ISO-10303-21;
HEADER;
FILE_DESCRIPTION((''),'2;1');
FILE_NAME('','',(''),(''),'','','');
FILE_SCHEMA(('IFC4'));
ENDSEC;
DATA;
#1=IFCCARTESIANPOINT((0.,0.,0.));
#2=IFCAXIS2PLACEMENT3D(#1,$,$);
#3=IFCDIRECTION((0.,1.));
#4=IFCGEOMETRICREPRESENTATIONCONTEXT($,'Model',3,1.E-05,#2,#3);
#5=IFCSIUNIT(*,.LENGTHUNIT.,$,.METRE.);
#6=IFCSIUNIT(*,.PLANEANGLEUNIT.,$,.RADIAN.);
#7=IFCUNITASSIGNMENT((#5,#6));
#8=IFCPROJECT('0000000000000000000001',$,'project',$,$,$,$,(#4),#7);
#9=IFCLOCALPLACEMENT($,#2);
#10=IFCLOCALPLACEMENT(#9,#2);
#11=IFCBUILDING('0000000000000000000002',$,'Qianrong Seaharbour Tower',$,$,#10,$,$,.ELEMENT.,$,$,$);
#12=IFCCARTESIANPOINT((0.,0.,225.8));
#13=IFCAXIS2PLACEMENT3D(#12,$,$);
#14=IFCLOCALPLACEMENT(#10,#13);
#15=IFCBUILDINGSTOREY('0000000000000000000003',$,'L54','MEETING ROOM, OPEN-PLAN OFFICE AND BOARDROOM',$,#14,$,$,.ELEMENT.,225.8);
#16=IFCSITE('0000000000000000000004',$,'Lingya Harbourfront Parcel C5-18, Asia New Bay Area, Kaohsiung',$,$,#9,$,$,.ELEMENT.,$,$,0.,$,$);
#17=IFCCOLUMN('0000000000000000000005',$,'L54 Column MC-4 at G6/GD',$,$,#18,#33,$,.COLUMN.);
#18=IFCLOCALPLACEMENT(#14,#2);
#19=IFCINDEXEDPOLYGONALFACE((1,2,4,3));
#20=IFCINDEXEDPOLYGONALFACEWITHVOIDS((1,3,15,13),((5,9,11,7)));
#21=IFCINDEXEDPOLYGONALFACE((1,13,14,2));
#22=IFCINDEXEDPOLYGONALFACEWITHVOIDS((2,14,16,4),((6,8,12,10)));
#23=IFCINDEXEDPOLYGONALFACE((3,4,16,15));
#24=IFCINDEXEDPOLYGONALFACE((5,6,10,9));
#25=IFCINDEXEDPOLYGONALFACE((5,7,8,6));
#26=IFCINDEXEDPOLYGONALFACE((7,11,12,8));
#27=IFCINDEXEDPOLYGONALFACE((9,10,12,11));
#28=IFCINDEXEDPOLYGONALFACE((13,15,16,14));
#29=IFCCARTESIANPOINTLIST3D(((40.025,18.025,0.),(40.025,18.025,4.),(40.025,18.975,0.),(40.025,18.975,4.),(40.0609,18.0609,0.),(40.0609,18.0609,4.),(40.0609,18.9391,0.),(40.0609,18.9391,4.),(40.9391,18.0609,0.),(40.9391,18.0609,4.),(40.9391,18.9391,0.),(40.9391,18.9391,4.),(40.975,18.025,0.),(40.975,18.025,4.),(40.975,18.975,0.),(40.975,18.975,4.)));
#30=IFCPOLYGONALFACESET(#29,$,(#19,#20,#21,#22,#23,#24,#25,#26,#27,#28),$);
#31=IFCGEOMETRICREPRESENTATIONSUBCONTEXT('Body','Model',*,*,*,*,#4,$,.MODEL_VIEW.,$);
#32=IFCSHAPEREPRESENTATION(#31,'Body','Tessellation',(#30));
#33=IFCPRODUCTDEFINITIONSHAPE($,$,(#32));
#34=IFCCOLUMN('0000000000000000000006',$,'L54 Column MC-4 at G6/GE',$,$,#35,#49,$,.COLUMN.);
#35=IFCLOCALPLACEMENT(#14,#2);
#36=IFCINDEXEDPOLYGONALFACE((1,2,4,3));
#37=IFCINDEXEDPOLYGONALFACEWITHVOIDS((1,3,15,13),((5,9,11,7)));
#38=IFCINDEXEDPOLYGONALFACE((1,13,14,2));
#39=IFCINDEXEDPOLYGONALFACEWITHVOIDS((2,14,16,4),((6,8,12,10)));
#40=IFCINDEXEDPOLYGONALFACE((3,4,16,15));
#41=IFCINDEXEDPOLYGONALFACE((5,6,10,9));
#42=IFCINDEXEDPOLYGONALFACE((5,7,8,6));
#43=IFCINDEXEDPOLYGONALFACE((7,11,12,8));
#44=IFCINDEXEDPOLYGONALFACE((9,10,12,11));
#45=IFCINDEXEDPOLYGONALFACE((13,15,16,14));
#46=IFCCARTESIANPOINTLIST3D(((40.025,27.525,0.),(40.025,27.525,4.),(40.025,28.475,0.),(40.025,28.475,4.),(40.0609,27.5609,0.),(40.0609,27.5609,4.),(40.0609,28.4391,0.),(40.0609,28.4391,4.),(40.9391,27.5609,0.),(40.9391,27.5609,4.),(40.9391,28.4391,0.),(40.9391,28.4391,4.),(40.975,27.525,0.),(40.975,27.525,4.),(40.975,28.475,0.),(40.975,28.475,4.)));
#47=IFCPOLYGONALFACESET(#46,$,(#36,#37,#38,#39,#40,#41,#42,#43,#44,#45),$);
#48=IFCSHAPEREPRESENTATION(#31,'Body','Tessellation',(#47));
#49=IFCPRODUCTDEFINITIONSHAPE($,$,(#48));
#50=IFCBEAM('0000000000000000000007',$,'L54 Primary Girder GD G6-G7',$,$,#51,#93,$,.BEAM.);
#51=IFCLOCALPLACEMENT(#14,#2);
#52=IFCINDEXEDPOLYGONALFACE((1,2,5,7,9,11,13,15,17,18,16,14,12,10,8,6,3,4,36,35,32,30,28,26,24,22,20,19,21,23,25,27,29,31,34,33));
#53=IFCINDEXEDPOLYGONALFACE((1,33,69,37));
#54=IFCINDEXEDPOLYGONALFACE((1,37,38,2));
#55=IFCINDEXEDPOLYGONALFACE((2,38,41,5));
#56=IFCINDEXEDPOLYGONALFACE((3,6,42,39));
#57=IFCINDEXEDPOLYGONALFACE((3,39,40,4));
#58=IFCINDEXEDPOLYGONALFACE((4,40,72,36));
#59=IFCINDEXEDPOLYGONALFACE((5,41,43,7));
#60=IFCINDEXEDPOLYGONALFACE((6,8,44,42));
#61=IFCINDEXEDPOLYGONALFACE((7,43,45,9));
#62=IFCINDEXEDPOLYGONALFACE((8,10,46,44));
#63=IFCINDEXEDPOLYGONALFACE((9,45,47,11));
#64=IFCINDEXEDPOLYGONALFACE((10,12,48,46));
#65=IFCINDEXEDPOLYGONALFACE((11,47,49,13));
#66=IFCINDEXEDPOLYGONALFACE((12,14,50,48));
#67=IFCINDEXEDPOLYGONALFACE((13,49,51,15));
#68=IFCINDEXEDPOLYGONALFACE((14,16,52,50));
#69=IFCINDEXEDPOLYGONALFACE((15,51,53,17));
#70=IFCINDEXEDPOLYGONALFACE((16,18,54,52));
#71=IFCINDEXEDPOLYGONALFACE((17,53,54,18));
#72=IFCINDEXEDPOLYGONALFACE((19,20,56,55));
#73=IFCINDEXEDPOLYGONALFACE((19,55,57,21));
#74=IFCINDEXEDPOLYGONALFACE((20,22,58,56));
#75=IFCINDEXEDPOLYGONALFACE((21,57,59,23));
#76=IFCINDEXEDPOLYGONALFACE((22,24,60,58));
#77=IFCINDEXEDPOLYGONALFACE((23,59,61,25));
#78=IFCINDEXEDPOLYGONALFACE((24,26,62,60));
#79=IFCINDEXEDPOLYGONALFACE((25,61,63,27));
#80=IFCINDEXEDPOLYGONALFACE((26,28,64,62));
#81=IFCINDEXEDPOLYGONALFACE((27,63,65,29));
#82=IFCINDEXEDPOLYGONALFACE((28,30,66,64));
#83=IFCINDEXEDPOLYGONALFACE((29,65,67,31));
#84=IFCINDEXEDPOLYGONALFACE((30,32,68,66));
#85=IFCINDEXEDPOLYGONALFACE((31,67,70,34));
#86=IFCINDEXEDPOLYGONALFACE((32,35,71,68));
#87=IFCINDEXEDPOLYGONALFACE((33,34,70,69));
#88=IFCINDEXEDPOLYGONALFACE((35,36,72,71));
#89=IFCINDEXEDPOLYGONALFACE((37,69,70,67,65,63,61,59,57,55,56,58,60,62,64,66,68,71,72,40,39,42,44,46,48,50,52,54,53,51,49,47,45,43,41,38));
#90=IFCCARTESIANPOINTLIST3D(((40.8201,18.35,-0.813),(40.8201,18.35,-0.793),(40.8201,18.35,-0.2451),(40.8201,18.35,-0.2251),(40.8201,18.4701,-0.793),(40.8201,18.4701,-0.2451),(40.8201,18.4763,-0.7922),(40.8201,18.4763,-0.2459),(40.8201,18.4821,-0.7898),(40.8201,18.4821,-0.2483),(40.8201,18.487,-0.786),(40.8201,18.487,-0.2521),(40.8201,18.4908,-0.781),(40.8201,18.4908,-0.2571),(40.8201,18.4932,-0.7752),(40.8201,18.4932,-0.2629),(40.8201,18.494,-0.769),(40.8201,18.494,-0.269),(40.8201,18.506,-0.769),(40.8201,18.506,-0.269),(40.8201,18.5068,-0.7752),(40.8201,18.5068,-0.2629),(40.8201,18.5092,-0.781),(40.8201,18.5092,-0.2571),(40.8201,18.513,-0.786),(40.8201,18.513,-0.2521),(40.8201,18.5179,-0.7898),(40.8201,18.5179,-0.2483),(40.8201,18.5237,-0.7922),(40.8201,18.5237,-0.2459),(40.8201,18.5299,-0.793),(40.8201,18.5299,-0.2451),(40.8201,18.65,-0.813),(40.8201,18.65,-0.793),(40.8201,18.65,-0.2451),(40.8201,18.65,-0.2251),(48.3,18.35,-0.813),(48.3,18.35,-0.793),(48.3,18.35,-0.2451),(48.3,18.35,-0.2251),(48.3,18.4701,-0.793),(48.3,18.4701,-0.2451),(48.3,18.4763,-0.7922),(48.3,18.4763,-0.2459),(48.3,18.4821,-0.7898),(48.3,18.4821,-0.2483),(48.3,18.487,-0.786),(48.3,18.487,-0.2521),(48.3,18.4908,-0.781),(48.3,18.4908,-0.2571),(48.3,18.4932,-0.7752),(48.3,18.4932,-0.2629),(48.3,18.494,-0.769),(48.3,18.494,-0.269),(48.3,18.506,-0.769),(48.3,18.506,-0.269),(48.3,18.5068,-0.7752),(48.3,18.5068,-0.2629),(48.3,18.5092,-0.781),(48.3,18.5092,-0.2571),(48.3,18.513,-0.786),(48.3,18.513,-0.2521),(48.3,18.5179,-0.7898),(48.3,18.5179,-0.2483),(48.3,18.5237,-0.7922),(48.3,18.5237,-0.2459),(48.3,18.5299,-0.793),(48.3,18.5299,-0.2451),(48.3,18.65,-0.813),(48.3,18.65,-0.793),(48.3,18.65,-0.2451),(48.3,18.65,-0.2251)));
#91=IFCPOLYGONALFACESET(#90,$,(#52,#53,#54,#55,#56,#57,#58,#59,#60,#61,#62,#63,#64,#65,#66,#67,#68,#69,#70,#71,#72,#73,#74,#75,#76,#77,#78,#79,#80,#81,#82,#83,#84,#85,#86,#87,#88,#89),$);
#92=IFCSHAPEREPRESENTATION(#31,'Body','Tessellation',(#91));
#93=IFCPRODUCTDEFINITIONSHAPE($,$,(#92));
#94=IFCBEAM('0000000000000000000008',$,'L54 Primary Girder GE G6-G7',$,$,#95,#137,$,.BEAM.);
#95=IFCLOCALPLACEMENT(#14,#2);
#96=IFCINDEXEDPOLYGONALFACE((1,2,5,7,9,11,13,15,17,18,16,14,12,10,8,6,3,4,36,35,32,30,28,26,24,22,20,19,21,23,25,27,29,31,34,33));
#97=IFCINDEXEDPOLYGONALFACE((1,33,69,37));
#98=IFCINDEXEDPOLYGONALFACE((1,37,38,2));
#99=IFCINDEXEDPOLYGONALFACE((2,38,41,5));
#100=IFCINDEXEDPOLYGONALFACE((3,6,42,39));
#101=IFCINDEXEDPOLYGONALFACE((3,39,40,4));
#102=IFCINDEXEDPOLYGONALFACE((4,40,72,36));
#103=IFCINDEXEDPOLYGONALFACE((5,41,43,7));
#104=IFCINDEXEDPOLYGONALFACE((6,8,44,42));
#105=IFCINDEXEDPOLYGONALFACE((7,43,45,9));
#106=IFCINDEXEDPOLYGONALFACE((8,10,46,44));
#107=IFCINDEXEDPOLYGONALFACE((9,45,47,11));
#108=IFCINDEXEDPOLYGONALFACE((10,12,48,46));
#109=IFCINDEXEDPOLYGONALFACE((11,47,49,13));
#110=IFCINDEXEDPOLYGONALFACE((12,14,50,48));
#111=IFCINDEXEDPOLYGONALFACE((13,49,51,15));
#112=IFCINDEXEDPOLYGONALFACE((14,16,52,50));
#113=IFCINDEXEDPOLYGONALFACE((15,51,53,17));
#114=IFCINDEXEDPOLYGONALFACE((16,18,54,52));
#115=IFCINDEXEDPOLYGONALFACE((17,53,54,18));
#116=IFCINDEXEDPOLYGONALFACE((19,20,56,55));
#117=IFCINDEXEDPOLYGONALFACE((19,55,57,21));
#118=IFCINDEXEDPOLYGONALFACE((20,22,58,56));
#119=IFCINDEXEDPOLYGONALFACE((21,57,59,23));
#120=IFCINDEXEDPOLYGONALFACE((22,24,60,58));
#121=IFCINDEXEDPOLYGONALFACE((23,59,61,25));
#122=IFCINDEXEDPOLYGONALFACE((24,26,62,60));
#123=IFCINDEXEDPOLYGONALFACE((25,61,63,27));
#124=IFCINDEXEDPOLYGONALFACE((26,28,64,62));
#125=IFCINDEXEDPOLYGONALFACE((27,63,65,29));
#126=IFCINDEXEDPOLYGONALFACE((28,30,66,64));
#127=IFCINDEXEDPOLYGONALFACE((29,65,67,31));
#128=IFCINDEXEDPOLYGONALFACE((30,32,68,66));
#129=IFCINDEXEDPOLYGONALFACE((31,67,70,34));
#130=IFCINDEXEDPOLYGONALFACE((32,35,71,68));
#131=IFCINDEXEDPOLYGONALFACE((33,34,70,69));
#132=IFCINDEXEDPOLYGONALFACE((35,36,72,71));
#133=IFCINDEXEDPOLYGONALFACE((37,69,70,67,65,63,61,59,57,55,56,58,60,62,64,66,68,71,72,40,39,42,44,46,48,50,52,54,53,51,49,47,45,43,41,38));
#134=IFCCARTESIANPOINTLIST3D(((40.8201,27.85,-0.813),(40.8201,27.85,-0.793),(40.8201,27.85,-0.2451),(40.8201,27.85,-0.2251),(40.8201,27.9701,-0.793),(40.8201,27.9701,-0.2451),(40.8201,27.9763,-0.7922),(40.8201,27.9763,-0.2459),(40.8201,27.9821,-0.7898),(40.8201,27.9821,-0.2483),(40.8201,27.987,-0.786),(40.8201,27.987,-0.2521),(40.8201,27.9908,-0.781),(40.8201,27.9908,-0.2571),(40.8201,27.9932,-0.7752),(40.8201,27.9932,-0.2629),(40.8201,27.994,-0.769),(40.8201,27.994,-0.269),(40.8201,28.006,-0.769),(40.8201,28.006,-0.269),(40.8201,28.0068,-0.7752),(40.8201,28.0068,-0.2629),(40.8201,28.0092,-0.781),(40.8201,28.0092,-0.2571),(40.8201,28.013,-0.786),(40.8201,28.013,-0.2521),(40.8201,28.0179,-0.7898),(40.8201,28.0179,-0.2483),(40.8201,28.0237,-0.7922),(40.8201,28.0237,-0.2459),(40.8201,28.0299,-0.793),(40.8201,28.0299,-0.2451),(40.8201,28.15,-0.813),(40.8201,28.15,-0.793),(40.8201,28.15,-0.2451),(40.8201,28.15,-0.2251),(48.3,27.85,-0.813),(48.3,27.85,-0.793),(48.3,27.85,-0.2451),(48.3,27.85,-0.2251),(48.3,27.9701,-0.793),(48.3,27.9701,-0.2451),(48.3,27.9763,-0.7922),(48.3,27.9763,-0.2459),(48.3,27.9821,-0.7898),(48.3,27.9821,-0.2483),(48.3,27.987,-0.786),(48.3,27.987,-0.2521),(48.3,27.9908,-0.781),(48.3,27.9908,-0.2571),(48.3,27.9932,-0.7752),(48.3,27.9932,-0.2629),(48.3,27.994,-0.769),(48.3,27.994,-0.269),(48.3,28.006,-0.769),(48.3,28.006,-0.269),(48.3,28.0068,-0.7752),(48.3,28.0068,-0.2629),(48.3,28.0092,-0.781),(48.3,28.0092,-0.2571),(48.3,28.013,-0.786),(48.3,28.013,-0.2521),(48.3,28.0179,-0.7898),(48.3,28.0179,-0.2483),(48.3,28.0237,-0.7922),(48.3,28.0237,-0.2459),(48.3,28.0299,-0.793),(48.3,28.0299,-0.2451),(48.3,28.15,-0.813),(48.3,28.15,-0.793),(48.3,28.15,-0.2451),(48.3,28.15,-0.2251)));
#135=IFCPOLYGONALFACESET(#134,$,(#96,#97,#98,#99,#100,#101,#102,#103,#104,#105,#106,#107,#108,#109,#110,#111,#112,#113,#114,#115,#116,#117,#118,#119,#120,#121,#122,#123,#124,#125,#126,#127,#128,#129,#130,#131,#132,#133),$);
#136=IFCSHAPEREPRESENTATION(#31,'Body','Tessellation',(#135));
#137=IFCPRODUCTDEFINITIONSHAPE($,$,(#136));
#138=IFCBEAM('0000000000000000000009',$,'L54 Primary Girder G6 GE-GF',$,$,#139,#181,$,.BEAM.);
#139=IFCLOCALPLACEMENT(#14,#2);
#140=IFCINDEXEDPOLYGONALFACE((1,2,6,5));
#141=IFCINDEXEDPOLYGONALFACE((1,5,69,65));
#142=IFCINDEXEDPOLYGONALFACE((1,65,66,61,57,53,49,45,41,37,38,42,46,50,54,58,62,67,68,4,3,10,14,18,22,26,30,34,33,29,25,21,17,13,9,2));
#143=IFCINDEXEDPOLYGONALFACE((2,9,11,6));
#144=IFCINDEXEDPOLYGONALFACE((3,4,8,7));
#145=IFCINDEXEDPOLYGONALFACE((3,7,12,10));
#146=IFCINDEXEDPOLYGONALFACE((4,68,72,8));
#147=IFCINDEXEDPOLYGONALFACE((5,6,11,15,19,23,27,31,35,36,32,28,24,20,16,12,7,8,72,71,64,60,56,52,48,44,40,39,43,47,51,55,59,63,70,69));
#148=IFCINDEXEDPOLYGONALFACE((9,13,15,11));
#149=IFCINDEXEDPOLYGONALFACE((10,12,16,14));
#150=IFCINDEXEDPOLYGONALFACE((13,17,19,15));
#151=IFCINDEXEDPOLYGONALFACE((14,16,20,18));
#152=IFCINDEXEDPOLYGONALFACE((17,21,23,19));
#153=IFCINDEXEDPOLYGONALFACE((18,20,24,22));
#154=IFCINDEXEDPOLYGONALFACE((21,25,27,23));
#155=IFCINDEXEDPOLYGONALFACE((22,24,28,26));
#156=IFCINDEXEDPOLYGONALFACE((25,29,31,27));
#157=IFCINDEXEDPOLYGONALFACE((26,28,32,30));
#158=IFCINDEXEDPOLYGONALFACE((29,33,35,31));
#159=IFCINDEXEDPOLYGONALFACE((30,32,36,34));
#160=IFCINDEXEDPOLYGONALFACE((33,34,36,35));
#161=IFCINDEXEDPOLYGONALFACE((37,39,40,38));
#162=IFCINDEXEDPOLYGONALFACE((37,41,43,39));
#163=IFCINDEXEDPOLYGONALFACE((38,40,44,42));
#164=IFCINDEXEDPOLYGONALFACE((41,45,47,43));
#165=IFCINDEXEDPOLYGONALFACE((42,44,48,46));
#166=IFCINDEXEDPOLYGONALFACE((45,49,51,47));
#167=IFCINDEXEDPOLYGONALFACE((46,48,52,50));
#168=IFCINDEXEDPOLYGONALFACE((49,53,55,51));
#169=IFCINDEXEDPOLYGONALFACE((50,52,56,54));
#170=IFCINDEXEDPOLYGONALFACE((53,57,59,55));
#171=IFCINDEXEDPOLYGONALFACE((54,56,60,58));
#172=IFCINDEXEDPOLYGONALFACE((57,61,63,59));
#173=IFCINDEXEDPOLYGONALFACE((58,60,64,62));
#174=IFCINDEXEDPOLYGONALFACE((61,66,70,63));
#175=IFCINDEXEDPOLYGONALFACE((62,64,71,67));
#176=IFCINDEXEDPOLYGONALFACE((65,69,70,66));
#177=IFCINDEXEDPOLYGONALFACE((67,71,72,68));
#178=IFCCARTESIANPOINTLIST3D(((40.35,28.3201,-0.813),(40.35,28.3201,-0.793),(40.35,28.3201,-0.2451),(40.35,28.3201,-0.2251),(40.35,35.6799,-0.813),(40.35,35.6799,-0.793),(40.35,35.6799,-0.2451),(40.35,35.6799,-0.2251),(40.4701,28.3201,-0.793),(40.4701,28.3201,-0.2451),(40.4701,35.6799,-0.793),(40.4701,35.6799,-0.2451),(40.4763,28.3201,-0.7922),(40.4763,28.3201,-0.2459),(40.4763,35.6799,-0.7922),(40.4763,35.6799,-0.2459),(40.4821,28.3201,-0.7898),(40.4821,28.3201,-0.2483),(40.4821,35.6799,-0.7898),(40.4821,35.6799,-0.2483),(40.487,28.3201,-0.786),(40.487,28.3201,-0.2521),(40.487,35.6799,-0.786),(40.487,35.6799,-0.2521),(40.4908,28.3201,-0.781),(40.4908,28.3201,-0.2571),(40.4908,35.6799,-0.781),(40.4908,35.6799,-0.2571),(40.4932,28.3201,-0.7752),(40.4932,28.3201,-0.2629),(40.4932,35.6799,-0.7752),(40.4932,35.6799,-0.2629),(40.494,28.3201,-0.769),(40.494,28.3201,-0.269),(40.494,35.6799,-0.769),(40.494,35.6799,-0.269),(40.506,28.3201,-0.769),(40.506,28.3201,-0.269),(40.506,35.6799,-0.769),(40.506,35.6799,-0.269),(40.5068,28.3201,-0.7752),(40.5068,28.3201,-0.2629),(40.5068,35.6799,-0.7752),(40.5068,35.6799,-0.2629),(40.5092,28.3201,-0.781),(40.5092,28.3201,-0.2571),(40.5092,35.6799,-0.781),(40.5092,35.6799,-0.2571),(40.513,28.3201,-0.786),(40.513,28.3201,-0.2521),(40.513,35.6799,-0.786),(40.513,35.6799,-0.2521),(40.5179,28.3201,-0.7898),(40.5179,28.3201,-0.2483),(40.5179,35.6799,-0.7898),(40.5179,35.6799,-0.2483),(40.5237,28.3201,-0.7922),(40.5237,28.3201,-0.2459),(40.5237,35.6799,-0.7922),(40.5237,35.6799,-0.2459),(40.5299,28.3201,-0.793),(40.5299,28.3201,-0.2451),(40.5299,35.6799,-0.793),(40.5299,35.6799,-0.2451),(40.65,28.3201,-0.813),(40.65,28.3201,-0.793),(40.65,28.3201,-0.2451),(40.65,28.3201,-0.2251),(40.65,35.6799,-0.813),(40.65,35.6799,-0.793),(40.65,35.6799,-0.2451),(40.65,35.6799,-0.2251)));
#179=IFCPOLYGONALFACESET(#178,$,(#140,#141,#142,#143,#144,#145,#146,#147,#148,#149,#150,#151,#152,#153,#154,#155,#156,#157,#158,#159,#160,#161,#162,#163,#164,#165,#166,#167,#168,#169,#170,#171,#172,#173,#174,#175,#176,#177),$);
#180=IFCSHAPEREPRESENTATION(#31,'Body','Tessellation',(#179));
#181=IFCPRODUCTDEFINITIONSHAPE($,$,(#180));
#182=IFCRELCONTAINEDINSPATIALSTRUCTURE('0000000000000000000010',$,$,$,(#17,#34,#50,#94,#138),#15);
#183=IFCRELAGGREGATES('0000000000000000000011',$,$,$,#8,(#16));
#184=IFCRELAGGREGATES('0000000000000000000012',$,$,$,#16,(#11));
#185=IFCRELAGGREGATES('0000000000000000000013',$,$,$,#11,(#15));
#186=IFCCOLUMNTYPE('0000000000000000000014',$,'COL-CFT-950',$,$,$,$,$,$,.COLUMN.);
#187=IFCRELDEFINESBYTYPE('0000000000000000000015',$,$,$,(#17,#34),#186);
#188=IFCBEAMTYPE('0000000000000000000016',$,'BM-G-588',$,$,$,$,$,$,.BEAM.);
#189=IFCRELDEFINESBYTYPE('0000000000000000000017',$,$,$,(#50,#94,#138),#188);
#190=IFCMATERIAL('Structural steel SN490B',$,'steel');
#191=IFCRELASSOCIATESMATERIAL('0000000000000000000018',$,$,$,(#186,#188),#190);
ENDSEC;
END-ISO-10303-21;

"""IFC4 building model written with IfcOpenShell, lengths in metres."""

from ifc_helpers import new_model, si_unit, direction, frame, origin, origin_2d, place, context, subcontext, project, spatial, hollow_rectangle, i_section, extrude, material, material_profile, profile_set, type_object, element, save


model = new_model("IFC4")

# Units and contexts
model_context = context("Model", 3, precision=1e-05, world=origin(), true_north=direction((0.0, 1.0)))
body_context = subcontext(model_context, "Body", "Model", "MODEL_VIEW")
ifc_project = project(units=[si_unit("LENGTHUNIT", "METRE"), si_unit("PLANEANGLEUNIT", "RADIAN")], contexts=[model_context])

# Site, building, storey
site_placement = place(None, origin())
site = spatial("IfcSite", under=ifc_project, at=site_placement, Name="Lingya Harbourfront Parcel C5-18, Asia New Bay Area, Kaohsiung", CompositionType="ELEMENT", RefElevation=0.0)
building_placement = place(site_placement, origin())
building = spatial("IfcBuilding", under=site, at=building_placement, Name="Qianrong Seaharbour Tower", CompositionType="ELEMENT")
storey_placement = place(building_placement, frame((0.0, 0.0, 225.8)))
storey = spatial("IfcBuildingStorey", under=building, at=storey_placement, Name="L54", Description="MEETING ROOM, OPEN-PLAN OFFICE AND BOARDROOM", CompositionType="ELEMENT", Elevation=225.8)

# Columns
ifc_material_1 = material(Name="Structural steel SN490B", Category="steel")
ifc_material_profile_1 = material_profile(ifc_material_1, hollow_rectangle(XDim=0.95, YDim=0.95, WallThickness=0.0359, at=origin_2d()), Name="BOX950x950x36")
ifc_profile_set_1 = profile_set([ifc_material_profile_1], Name="Structural steel SN490B")
column_type = type_object("IfcColumnType", Name="COL-CFT-950", PredefinedType="COLUMN", material=ifc_profile_set_1)
for number, where, z_axis, x_axis, name in (
    (1, (40.5, 18.5, 0.0), (0.0, 0.0, 1.0), (1.0, 0.0, 0.0), "L54 Column MC-4 at G6/GD"),
    (2, (40.5, 28.0, 0.0), (0.0, 0.0, 1.0), (1.0, 0.0, 0.0), "L54 Column MC-4 at G6/GE"),
):
    element("IfcColumn", number, at=place(storey_placement, frame(where, z_axis=z_axis, x_axis=x_axis)), inside=storey, type_object=column_type, Name=name, PredefinedType="COLUMN", context=body_context, shape_type="SweptSolid", body=[
        extrude(hollow_rectangle(XDim=0.95, YDim=0.95, WallThickness=0.0359, at=origin_2d()), origin(), (0.0, 0.0, 1.0), 4.0),
    ])

# Beams
ifc_material_profile_2 = material_profile(ifc_material_1, i_section(OverallWidth=0.3, OverallDepth=0.5879, WebThickness=0.012, FlangeThickness=0.02, FilletRadius=0.0239, at=origin_2d()), Name="H588x300x12x20")
ifc_profile_set_2 = profile_set([ifc_material_profile_2], Name="Structural steel SN490B")
beam_type_1 = type_object("IfcBeamType", Name="BM-G-588", PredefinedType="BEAM", material=ifc_profile_set_2)
for number, where, z_axis, x_axis, name in (
    (3, (40.8201, 18.5, -0.519), (1.0, 0.0, 0.0), (0.0, 1.0, 0.0), "L54 Primary Girder GD G6-G7"),
    (4, (40.8201, 28.0, -0.519), (1.0, 0.0, 0.0), (0.0, 1.0, 0.0), "L54 Primary Girder GE G6-G7"),
):
    element("IfcBeam", number, at=place(storey_placement, frame(where, z_axis=z_axis, x_axis=x_axis)), inside=storey, type_object=beam_type_1, Name=name, PredefinedType="BEAM", context=body_context, shape_type="SweptSolid", body=[
        extrude(i_section(OverallWidth=0.3, OverallDepth=0.5879, WebThickness=0.012, FlangeThickness=0.02, FilletRadius=0.0239, at=origin_2d()), origin(), (0.0, 0.0, 1.0), 7.48),
    ])
beam_1_placement = place(storey_placement, frame((40.5, 28.3201, -0.519), z_axis=(0.0, 1.0, 0.0), x_axis=(-1.0, 0.0, 0.0)))
element("IfcBeam", 5, at=beam_1_placement, inside=storey, type_object=beam_type_1, Name="L54 Primary Girder G6 GE-GF", PredefinedType="BEAM", context=body_context, shape_type="SweptSolid", body=[
    extrude(i_section(OverallWidth=0.3, OverallDepth=0.5879, WebThickness=0.012, FlangeThickness=0.02, FilletRadius=0.0239, at=origin_2d()), origin(), (0.0, 0.0, 1.0), 7.3599),
])

save(model, "model.ifc")
